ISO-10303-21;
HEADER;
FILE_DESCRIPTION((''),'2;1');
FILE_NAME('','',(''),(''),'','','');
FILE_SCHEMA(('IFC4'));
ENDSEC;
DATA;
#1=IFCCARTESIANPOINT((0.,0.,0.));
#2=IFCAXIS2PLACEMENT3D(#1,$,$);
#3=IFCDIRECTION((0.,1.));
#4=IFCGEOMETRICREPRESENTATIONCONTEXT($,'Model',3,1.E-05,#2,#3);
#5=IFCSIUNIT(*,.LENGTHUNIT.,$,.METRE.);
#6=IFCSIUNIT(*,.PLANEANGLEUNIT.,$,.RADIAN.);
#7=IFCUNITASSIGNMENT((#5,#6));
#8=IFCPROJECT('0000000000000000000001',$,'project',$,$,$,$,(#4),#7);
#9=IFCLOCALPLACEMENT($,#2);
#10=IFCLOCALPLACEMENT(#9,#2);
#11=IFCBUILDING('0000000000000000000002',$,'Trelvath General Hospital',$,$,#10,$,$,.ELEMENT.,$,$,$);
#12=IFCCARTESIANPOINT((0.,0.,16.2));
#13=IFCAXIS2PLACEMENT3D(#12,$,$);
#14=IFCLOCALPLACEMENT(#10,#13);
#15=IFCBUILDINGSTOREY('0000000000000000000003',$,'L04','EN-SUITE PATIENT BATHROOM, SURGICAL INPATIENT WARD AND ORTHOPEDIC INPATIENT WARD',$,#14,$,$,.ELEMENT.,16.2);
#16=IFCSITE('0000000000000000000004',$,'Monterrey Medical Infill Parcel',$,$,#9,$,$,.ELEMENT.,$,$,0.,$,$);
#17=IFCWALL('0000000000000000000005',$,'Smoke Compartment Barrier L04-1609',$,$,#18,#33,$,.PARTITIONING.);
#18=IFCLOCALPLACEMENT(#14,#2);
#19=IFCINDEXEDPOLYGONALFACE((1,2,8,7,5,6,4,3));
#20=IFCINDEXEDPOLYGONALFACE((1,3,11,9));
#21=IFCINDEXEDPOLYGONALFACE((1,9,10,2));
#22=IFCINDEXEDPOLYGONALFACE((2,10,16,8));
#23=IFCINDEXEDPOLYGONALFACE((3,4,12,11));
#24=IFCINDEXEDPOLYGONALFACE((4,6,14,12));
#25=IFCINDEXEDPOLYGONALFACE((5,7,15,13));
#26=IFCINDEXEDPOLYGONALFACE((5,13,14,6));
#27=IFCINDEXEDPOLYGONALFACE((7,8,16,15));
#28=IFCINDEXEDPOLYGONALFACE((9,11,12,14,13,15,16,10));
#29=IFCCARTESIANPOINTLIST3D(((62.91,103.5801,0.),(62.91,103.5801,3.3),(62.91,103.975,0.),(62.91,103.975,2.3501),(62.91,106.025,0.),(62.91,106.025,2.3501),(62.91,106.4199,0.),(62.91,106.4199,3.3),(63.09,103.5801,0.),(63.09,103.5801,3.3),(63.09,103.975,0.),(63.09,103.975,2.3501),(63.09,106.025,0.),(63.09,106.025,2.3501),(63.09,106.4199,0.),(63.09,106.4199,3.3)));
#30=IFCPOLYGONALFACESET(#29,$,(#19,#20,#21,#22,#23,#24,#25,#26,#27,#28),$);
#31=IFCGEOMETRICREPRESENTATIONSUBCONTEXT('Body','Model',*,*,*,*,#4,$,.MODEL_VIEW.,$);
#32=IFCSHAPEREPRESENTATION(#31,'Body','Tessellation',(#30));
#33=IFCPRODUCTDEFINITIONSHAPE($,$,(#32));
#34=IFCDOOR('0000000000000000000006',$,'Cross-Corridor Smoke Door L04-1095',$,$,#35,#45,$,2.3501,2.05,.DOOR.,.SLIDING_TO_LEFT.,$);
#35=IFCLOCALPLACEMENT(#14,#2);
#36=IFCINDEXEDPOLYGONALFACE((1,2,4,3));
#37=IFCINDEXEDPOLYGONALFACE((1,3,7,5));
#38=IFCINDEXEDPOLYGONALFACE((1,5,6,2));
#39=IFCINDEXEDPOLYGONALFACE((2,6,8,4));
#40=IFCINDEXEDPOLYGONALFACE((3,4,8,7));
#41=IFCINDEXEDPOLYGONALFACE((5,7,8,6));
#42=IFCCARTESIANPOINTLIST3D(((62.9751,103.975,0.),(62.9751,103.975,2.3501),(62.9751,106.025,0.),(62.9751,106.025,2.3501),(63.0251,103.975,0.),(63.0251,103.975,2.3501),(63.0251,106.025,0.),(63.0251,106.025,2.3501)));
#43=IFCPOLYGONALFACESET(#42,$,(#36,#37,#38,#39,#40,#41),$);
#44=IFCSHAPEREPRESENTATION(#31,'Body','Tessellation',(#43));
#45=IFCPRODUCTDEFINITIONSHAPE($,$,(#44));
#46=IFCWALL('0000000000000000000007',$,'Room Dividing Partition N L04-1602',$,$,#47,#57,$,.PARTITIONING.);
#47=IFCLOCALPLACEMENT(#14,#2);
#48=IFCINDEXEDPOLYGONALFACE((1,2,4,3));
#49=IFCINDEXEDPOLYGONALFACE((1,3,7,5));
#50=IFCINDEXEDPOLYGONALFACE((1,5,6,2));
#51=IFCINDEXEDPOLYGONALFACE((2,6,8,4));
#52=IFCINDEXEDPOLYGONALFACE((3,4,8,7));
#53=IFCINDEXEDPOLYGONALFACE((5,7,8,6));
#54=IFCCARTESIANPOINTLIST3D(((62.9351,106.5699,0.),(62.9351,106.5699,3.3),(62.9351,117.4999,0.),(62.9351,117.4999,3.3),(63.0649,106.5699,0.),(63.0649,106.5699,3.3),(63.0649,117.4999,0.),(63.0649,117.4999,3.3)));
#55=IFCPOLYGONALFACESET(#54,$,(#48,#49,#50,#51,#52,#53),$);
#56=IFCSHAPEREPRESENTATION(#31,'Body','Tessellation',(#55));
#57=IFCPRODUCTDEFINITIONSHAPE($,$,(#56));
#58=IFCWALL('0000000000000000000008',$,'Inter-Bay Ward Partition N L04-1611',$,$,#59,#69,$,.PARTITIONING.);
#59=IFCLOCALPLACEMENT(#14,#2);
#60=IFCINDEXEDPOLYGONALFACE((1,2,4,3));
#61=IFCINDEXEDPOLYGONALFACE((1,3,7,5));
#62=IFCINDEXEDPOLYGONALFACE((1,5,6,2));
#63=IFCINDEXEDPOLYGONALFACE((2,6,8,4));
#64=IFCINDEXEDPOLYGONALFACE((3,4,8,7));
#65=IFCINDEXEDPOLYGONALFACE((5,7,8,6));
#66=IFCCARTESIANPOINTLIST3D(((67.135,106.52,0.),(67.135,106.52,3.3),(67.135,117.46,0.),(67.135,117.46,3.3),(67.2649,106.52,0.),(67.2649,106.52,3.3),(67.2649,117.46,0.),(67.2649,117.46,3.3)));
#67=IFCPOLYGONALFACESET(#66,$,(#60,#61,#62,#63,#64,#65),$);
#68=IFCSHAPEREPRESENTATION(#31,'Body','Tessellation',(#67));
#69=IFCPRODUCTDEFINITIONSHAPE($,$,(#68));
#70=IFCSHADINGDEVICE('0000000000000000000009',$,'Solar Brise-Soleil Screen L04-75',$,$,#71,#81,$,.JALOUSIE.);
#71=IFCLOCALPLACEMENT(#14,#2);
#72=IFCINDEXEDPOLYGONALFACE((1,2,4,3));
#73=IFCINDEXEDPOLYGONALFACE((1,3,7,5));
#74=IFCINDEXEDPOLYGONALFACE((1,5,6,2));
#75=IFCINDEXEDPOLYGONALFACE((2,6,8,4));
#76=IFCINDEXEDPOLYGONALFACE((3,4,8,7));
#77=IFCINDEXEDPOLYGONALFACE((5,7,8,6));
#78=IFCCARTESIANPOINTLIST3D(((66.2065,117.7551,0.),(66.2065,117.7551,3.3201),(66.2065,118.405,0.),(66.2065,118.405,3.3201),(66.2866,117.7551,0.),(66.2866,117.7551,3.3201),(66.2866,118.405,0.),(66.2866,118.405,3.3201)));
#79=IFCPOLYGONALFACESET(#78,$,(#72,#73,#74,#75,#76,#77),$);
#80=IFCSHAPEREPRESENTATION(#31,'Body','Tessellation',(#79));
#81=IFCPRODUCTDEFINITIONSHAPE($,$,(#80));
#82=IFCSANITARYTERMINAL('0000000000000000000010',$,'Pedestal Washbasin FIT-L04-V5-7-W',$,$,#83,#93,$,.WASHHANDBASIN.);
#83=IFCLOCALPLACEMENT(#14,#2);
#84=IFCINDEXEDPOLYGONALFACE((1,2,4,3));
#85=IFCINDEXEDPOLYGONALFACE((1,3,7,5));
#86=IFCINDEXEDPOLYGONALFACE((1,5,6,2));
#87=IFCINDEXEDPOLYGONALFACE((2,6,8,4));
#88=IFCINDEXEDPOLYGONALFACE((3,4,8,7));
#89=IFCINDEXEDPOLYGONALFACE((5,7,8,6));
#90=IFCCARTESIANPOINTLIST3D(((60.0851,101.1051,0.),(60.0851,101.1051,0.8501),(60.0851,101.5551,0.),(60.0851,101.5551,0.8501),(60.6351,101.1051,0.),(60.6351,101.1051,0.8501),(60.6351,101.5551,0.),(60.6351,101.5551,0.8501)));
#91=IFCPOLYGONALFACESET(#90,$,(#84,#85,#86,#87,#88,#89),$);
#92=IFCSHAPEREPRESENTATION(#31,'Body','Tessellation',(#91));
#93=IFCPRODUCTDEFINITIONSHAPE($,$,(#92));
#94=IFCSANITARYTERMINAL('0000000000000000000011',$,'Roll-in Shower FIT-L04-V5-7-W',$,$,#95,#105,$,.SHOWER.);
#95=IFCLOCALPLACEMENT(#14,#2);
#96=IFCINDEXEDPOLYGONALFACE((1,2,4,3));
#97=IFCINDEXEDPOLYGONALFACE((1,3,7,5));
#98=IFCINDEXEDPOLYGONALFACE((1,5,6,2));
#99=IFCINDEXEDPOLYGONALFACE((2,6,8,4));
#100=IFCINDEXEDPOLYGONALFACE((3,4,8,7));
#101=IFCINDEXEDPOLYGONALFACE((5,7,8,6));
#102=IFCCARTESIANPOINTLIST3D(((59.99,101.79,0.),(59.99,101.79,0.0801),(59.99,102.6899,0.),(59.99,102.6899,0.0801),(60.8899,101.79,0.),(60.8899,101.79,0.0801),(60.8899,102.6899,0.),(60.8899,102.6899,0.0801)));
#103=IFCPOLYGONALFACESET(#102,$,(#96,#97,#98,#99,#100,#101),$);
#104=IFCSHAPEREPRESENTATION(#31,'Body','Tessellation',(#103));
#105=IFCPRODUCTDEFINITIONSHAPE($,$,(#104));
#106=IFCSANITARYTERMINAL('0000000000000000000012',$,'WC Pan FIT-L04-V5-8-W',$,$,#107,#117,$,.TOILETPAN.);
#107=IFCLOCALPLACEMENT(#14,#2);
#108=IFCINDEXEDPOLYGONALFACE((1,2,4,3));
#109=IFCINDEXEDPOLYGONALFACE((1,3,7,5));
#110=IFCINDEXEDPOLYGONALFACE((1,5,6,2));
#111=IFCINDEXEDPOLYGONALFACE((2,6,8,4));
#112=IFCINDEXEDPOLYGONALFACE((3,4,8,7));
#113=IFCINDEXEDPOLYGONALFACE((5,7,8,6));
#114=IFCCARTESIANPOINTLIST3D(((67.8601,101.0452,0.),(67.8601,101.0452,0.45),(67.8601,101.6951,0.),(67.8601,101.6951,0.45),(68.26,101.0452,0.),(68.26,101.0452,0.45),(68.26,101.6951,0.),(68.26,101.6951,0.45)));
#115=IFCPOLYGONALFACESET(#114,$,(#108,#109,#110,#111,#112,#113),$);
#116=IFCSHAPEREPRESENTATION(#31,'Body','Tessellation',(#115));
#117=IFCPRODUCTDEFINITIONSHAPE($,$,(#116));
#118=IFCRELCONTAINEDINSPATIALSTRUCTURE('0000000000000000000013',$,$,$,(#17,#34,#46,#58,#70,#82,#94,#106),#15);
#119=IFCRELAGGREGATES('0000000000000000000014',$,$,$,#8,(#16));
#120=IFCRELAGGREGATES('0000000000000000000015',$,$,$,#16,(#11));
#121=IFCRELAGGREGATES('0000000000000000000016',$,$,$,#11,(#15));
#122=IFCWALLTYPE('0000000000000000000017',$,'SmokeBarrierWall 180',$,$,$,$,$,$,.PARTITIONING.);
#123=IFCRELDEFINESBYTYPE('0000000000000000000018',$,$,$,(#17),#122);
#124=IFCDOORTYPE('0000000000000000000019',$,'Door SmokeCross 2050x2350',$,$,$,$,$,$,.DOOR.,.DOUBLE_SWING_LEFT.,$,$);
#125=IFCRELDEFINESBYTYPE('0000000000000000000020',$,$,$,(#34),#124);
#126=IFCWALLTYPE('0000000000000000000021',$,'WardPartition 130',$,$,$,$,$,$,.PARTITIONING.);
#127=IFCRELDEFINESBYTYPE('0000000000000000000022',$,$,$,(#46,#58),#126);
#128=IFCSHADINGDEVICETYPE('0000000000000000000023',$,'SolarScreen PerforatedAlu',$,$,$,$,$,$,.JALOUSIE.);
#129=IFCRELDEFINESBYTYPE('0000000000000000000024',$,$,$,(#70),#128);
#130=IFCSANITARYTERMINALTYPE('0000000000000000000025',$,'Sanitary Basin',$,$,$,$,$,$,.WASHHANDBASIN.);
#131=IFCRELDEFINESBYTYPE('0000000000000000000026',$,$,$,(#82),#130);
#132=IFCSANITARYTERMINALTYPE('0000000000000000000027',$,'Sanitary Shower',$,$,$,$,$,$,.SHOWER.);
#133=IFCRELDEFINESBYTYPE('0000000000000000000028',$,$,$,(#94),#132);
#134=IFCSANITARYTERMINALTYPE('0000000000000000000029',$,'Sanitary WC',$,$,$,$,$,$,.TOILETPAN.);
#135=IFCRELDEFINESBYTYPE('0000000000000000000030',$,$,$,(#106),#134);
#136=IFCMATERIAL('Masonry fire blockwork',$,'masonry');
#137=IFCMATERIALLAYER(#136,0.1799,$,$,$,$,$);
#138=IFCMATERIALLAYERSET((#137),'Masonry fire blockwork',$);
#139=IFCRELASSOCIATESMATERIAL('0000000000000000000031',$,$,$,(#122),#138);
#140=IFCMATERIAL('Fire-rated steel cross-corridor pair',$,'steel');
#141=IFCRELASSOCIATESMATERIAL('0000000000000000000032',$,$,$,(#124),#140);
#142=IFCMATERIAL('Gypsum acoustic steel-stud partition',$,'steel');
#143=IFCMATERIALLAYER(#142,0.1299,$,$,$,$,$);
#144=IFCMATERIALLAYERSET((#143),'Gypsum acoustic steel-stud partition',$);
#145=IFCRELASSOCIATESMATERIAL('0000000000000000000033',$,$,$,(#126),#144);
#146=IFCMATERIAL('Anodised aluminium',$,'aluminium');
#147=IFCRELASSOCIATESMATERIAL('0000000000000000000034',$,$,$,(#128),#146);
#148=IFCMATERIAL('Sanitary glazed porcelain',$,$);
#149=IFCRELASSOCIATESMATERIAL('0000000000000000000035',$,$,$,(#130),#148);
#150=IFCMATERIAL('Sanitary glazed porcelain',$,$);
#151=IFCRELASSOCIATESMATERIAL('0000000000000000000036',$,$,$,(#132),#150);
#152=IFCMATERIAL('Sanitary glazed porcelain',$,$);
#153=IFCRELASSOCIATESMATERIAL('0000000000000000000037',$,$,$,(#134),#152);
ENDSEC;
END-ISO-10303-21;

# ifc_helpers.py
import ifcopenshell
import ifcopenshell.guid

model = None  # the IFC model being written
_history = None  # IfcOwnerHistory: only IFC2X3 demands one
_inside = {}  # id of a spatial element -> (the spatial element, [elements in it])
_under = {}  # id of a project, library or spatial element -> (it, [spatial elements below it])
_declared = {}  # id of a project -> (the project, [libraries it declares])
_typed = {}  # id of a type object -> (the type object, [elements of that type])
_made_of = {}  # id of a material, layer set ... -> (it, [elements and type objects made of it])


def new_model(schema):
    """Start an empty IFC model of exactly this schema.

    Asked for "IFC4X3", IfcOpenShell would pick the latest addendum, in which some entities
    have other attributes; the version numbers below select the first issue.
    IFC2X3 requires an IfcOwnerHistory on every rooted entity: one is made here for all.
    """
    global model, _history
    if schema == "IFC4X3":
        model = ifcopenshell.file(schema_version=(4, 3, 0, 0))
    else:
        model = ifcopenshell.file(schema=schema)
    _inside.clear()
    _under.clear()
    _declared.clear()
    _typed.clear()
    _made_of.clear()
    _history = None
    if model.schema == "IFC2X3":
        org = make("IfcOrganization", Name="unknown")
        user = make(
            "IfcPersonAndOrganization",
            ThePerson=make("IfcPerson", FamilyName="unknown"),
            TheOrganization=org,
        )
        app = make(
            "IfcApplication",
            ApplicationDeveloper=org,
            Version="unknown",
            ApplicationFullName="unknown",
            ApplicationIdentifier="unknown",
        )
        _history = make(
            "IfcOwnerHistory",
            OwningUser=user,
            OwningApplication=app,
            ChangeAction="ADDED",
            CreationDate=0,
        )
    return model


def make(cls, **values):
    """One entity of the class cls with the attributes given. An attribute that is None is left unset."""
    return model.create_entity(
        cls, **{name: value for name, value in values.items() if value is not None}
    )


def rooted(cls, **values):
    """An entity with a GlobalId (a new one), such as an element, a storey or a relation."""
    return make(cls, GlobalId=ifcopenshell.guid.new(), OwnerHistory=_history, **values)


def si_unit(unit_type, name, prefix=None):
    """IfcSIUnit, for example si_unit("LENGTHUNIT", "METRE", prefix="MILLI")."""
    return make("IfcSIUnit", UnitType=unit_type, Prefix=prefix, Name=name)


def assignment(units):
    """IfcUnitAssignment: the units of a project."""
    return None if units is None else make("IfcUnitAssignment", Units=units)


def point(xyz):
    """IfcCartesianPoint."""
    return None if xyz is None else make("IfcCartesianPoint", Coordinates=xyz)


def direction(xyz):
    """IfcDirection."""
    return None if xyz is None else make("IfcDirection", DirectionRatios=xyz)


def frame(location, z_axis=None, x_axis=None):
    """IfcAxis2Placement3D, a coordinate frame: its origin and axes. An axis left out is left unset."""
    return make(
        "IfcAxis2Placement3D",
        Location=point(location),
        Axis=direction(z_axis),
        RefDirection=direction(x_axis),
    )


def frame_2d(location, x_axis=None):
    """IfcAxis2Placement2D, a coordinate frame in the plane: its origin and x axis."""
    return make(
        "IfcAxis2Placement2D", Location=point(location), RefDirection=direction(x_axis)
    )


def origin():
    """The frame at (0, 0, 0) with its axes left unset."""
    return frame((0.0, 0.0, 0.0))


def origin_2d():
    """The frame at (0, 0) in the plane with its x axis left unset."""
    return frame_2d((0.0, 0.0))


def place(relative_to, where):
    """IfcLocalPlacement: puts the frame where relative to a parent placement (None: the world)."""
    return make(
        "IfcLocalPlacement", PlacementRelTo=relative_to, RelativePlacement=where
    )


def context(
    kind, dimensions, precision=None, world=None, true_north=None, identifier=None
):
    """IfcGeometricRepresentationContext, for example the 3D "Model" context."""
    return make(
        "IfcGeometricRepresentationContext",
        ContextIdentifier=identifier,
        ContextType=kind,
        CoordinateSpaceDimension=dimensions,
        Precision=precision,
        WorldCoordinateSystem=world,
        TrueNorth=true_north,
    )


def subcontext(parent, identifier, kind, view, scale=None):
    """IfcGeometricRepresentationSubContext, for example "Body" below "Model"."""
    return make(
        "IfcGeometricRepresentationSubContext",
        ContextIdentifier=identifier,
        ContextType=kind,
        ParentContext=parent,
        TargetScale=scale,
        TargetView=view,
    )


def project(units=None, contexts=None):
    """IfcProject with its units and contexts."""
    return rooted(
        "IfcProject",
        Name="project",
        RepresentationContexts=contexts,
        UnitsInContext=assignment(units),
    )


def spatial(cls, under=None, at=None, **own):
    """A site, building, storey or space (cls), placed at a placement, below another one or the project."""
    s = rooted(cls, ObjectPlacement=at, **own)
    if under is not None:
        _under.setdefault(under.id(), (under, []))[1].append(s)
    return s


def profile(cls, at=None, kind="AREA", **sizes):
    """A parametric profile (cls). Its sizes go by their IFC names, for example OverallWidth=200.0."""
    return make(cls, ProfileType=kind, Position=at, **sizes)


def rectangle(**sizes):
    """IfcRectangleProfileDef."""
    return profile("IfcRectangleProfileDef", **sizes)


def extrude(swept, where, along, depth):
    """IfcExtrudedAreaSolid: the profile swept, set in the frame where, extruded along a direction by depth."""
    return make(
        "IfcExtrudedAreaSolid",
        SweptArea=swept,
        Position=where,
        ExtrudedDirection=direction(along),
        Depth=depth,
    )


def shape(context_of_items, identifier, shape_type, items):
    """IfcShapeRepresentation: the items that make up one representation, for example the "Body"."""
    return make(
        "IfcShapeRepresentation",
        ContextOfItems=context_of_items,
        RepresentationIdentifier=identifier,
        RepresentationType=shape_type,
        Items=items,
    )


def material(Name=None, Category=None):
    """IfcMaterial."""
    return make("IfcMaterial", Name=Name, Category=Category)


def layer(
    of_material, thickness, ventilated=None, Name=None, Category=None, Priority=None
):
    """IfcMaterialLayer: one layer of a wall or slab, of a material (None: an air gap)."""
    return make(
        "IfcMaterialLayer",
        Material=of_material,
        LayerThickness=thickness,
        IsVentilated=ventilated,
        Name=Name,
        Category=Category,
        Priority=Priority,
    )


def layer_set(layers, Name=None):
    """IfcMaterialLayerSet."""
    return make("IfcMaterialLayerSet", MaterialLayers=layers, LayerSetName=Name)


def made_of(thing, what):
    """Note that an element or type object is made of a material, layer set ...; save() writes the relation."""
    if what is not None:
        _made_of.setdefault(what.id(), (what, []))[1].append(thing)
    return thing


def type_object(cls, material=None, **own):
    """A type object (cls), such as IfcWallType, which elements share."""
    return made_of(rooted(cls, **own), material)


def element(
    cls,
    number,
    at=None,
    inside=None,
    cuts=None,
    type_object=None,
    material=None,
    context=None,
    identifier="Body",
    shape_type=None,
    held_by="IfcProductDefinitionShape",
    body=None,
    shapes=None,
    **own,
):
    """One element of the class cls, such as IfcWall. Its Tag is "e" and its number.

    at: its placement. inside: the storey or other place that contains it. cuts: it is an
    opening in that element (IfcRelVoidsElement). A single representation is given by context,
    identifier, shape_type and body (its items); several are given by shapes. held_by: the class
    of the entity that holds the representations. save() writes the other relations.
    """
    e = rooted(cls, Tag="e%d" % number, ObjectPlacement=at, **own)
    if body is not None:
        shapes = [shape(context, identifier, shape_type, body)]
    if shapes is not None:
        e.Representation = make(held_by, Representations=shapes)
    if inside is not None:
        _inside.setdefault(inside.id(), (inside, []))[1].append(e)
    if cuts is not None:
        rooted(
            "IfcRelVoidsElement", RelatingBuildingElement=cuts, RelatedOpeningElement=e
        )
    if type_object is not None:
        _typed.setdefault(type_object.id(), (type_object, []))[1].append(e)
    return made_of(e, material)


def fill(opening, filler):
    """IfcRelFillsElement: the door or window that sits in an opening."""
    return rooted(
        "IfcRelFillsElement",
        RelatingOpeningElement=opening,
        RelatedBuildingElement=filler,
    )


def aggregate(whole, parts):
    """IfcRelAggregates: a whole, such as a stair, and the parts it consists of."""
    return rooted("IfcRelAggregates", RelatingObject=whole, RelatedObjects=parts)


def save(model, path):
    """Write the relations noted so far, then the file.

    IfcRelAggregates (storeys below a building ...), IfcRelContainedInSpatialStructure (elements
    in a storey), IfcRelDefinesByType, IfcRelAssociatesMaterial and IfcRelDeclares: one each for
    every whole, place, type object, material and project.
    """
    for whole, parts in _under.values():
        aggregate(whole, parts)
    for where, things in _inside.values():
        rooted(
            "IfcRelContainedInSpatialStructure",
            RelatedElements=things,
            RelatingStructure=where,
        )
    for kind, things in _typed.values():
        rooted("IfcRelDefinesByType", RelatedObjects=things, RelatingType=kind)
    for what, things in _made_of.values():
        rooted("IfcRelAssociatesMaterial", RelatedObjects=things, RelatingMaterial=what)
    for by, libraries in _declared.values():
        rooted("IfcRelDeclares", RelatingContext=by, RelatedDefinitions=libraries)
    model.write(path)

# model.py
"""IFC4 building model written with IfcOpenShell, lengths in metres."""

from ifc_helpers import new_model, si_unit, direction, frame, frame_2d, origin, origin_2d, place, context, subcontext, project, spatial, rectangle, extrude, material, layer, layer_set, type_object, element, fill, save


model = new_model("IFC4")

# Units and contexts
model_context = context("Model", 3, precision=1e-05, world=origin(), true_north=direction((0.0, 1.0)))
body_context = subcontext(model_context, "Body", "Model", "MODEL_VIEW")
ifc_project = project(units=[si_unit("LENGTHUNIT", "METRE"), si_unit("PLANEANGLEUNIT", "RADIAN")], contexts=[model_context])

# Site, building, storey
site_placement = place(None, origin())
site = spatial("IfcSite", under=ifc_project, at=site_placement, Name="Monterrey Medical Infill Parcel", CompositionType="ELEMENT", RefElevation=0.0)
building_placement = place(site_placement, origin())
building = spatial("IfcBuilding", under=site, at=building_placement, Name="Trelvath General Hospital", CompositionType="ELEMENT")
storey_placement = place(building_placement, frame((0.0, 0.0, 16.2)))
storey = spatial("IfcBuildingStorey", under=building, at=storey_placement, Name="L04", Description="EN-SUITE PATIENT BATHROOM, SURGICAL INPATIENT WARD AND ORTHOPEDIC INPATIENT WARD", CompositionType="ELEMENT", Elevation=16.2)

# Wall, opening, door
ifc_material_1 = material(Name="Masonry fire blockwork", Category="masonry")
ifc_layer_1 = layer(ifc_material_1, 0.1799)
ifc_layer_set_1 = layer_set([ifc_layer_1], Name="Masonry fire blockwork")
wall_type_1 = type_object("IfcWallType", Name="SmokeBarrierWall 180", PredefinedType="PARTITIONING", material=ifc_layer_set_1)
wall_1_placement = place(storey_placement, frame((63.0, 103.5801, 0.0), z_axis=(0.0, 0.0, 1.0), x_axis=(0.0, 1.0, 0.0)))
wall_1 = element("IfcWall", 1, at=wall_1_placement, inside=storey, type_object=wall_type_1, Name="Smoke Compartment Barrier L04-1609", PredefinedType="PARTITIONING", context=body_context, shape_type="SweptSolid", body=[
    extrude(rectangle(XDim=2.8398, YDim=0.1799, at=frame_2d((1.4199, 0.0))), origin(), (0.0, 0.0, 1.0), 3.3),
])
opening_1_placement = place(wall_1_placement, frame((0.395, 0.0, 0.0)))
opening_1 = element("IfcOpeningElement", 2, at=opening_1_placement, cuts=wall_1, PredefinedType="OPENING", context=body_context, shape_type="SweptSolid", body=[
    extrude(rectangle(XDim=2.05, YDim=2.3501, at=frame_2d((1.0249, 1.175))), frame((0.0, 0.0999, 0.0), z_axis=(0.0, -1.0, 0.0), x_axis=(1.0, 0.0, 0.0)), (0.0, 0.0, 1.0), 0.2),
])
ifc_material_2 = material(Name="Fire-rated steel cross-corridor pair", Category="steel")
door_type_1 = type_object("IfcDoorType", Name="Door SmokeCross 2050x2350", OperationType="DOUBLE_SWING_LEFT", PredefinedType="DOOR", material=ifc_material_2)
door_1_placement = place(opening_1_placement, origin())
door_1 = element("IfcDoor", 3, at=door_1_placement, inside=storey, type_object=door_type_1, Name="Cross-Corridor Smoke Door L04-1095", OperationType="SLIDING_TO_LEFT", OverallHeight=2.3501, OverallWidth=2.05, PredefinedType="DOOR", context=body_context, shape_type="SweptSolid", body=[
    extrude(rectangle(XDim=2.05, YDim=2.3501, at=frame_2d((1.0249, 1.175))), frame((0.0, 0.0249, 0.0), z_axis=(0.0, -1.0, 0.0), x_axis=(1.0, 0.0, 0.0)), (0.0, 0.0, 1.0), 0.05),
])
fill(opening_1, door_1)

# Walls
ifc_material_3 = material(Name="Gypsum acoustic steel-stud partition", Category="steel")
ifc_layer_2 = layer(ifc_material_3, 0.1299)
ifc_layer_set_2 = layer_set([ifc_layer_2], Name="Gypsum acoustic steel-stud partition")
wall_type_2 = type_object("IfcWallType", Name="WardPartition 130", PredefinedType="PARTITIONING", material=ifc_layer_set_2)
wall_2_placement = place(storey_placement, frame((63.0, 106.5701, 0.0), z_axis=(0.0, 0.0, 1.0), x_axis=(0.0, 1.0, 0.0)))
element("IfcWall", 4, at=wall_2_placement, inside=storey, type_object=wall_type_2, Name="Room Dividing Partition N L04-1602", PredefinedType="PARTITIONING", context=body_context, shape_type="SweptSolid", body=[
    extrude(rectangle(XDim=10.9299, YDim=0.1299, at=frame_2d((5.4648, 0.0))), origin(), (0.0, 0.0, 1.0), 3.3),
])
wall_3_placement = place(storey_placement, frame((67.2, 106.52, 0.0), z_axis=(0.0, 0.0, 1.0), x_axis=(0.0, 1.0, 0.0)))
element("IfcWall", 5, at=wall_3_placement, inside=storey, type_object=wall_type_2, Name="Inter-Bay Ward Partition N L04-1611", PredefinedType="PARTITIONING", context=body_context, shape_type="SweptSolid", body=[
    extrude(rectangle(XDim=10.9399, YDim=0.1299, at=frame_2d((5.47, 0.0))), origin(), (0.0, 0.0, 1.0), 3.3),
])

# Shading device
ifc_material_4 = material(Name="Anodised aluminium", Category="aluminium")
shading_device_type = type_object("IfcShadingDeviceType", Name="SolarScreen PerforatedAlu", PredefinedType="JALOUSIE", material=ifc_material_4)
shading_device_placement = place(storey_placement, frame((66.2466, 118.0801, 0.0), z_axis=(0.0, 0.0, 1.0), x_axis=(0.0, 1.0, 0.0)))
element("IfcShadingDevice", 6, at=shading_device_placement, inside=storey, type_object=shading_device_type, Name="Solar Brise-Soleil Screen L04-75", PredefinedType="JALOUSIE", context=body_context, shape_type="SweptSolid", body=[
    extrude(rectangle(XDim=0.6499, YDim=0.0801, at=origin_2d()), origin(), (0.0, 0.0, 1.0), 3.3201),
])

# Sanitary terminals
ifc_material_5 = material(Name="Sanitary glazed porcelain")
sanitary_terminal_type_1 = type_object("IfcSanitaryTerminalType", Name="Sanitary Basin", PredefinedType="WASHHANDBASIN", material=ifc_material_5)
sanitary_terminal_1_placement = place(storey_placement, frame((60.3601, 101.3301, 0.0), z_axis=(0.0, 0.0, 1.0), x_axis=(1.0, 0.0, 0.0)))
element("IfcSanitaryTerminal", 7, at=sanitary_terminal_1_placement, inside=storey, type_object=sanitary_terminal_type_1, Name="Pedestal Washbasin FIT-L04-V5-7-W", PredefinedType="WASHHANDBASIN", context=body_context, shape_type="SweptSolid", body=[
    extrude(rectangle(XDim=0.55, YDim=0.45, at=origin_2d()), origin(), (0.0, 0.0, 1.0), 0.8501),
])
ifc_material_6 = material(Name="Sanitary glazed porcelain")
sanitary_terminal_type_2 = type_object("IfcSanitaryTerminalType", Name="Sanitary Shower", PredefinedType="SHOWER", material=ifc_material_6)
sanitary_terminal_2_placement = place(storey_placement, frame((60.4399, 102.24, 0.0), z_axis=(0.0, 0.0, 1.0), x_axis=(1.0, 0.0, 0.0)))
element("IfcSanitaryTerminal", 8, at=sanitary_terminal_2_placement, inside=storey, type_object=sanitary_terminal_type_2, Name="Roll-in Shower FIT-L04-V5-7-W", PredefinedType="SHOWER", context=body_context, shape_type="SweptSolid", body=[
    extrude(rectangle(XDim=0.8999, YDim=0.8999, at=origin_2d()), origin(), (0.0, 0.0, 1.0), 0.0801),
])
ifc_material_7 = material(Name="Sanitary glazed porcelain")
sanitary_terminal_type_3 = type_object("IfcSanitaryTerminalType", Name="Sanitary WC", PredefinedType="TOILETPAN", material=ifc_material_7)
sanitary_terminal_3_placement = place(storey_placement, frame((68.0601, 101.3701, 0.0), z_axis=(0.0, 0.0, 1.0), x_axis=(1.0, 0.0, 0.0)))
element("IfcSanitaryTerminal", 9, at=sanitary_terminal_3_placement, inside=storey, type_object=sanitary_terminal_type_3, Name="WC Pan FIT-L04-V5-8-W", PredefinedType="TOILETPAN", context=body_context, shape_type="SweptSolid", body=[
    extrude(rectangle(XDim=0.3999, YDim=0.6499, at=origin_2d()), origin(), (0.0, 0.0, 1.0), 0.45),
])

save(model, "model.ifc")
